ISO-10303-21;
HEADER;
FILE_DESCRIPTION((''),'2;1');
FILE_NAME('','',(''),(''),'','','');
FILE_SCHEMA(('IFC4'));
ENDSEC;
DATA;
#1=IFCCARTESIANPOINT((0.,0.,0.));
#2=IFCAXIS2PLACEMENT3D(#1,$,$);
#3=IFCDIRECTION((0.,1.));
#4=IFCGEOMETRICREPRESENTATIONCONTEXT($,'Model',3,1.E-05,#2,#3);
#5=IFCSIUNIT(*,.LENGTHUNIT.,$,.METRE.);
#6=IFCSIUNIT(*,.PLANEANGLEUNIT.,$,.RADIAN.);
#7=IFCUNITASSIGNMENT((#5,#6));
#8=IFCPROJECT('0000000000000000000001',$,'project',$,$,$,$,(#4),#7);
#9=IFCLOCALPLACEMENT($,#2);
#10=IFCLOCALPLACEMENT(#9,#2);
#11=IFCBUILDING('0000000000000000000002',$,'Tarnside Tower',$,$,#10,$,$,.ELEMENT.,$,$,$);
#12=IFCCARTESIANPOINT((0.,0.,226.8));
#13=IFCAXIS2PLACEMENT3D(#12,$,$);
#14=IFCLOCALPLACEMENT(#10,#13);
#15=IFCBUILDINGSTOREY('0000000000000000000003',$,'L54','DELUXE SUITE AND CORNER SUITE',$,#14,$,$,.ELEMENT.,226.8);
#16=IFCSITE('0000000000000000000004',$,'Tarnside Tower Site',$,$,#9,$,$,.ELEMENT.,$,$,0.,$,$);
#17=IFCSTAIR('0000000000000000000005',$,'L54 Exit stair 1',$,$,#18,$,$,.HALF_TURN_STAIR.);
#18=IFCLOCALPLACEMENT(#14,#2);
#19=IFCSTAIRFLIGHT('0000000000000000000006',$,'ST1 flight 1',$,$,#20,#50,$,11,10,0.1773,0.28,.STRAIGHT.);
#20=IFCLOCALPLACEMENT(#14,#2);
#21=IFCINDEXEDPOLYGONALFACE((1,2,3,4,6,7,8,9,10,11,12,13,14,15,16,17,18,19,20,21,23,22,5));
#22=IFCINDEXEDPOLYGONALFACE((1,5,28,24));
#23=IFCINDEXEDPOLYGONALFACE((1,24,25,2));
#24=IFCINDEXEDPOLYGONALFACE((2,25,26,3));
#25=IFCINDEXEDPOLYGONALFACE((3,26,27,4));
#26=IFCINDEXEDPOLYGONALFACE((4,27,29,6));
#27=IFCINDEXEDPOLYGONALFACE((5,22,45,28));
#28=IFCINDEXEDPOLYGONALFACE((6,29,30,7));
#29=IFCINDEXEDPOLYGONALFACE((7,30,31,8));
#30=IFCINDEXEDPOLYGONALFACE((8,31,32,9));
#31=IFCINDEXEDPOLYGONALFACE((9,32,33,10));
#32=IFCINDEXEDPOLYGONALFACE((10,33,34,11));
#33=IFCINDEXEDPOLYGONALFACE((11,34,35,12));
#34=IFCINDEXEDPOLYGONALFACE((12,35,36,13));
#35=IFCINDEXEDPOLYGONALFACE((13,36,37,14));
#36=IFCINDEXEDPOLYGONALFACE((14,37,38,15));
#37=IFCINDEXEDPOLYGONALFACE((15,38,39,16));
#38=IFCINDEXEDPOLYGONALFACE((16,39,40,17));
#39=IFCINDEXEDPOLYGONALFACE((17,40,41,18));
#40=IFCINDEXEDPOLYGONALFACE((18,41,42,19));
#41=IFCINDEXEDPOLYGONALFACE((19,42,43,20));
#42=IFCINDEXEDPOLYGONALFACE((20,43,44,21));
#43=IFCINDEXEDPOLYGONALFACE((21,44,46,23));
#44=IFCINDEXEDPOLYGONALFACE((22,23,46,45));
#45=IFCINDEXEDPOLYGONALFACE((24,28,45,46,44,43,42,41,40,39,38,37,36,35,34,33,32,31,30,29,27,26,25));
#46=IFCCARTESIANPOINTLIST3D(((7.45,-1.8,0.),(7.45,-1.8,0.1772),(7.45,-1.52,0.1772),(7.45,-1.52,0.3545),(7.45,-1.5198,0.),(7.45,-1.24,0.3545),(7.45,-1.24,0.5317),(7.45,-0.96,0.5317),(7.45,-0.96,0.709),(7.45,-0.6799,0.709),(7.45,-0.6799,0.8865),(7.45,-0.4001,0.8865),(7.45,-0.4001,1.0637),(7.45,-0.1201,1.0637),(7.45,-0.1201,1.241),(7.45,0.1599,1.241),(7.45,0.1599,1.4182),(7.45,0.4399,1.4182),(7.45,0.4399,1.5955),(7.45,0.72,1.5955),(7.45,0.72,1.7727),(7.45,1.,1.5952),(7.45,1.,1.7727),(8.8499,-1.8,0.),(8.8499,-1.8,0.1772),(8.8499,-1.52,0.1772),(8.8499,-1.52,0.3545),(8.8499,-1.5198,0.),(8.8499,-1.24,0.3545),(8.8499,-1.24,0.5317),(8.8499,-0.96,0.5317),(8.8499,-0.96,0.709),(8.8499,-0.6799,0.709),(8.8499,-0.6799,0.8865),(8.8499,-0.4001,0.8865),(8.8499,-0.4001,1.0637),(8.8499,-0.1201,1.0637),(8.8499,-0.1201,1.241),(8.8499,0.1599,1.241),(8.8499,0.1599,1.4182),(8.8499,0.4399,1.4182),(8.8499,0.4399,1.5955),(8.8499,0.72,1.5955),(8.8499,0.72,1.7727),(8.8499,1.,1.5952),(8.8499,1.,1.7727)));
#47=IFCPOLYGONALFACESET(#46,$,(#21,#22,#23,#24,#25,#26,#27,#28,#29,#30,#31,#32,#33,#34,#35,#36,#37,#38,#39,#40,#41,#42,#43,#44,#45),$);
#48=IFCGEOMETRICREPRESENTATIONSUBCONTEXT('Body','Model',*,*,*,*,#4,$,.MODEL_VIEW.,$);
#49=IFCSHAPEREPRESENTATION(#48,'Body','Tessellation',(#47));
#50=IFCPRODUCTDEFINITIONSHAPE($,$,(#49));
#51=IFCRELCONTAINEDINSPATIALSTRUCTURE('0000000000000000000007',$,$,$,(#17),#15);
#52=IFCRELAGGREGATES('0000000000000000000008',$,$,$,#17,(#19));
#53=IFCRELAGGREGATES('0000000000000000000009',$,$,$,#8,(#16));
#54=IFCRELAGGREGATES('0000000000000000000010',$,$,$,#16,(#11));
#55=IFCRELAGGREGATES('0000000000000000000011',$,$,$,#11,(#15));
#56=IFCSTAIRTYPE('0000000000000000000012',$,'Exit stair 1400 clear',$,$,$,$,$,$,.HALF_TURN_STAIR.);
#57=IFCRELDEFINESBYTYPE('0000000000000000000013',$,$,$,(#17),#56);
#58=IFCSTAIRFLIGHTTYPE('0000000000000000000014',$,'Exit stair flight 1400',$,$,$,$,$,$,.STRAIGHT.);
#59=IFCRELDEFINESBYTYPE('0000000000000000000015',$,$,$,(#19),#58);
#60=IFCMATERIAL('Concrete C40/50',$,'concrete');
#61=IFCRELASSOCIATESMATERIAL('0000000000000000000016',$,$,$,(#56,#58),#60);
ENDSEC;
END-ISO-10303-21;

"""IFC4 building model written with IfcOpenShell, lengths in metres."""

from ifc_helpers import new_model, si_unit, direction, frame, origin, place, context, subcontext, project, spatial, polyline, outline, extrude, material, type_object, element, aggregate, save


model = new_model("IFC4")

# Units and contexts
model_context = context("Model", 3, precision=1e-05, world=origin(), true_north=direction((0.0, 1.0)))
body_context = subcontext(model_context, "Body", "Model", "MODEL_VIEW")
ifc_project = project(units=[si_unit("LENGTHUNIT", "METRE"), si_unit("PLANEANGLEUNIT", "RADIAN")], contexts=[model_context])

# Site, building, storey
site_placement = place(None, origin())
site = spatial("IfcSite", under=ifc_project, at=site_placement, Name="Tarnside Tower Site", CompositionType="ELEMENT", RefElevation=0.0)
building_placement = place(site_placement, origin())
building = spatial("IfcBuilding", under=site, at=building_placement, Name="Tarnside Tower", CompositionType="ELEMENT")
storey_placement = place(building_placement, frame((0.0, 0.0, 226.8)))
storey = spatial("IfcBuildingStorey", under=building, at=storey_placement, Name="L54", Description="DELUXE SUITE AND CORNER SUITE", CompositionType="ELEMENT", Elevation=226.8)

# Shared definitions
ifc_material_1 = material(Name="Concrete C40/50", Category="concrete")

# Stair
stair_type = type_object("IfcStairType", Name="Exit stair 1400 clear", PredefinedType="HALF_TURN_STAIR", material=ifc_material_1)
stair_1_placement = place(storey_placement, origin())
stair_1 = element("IfcStair", 1, at=stair_1_placement, inside=storey, type_object=stair_type, Name="L54 Exit stair 1", PredefinedType="HALF_TURN_STAIR")

# Stair flight
stair_flight_type = type_object("IfcStairFlightType", Name="Exit stair flight 1400", PredefinedType="STRAIGHT", material=ifc_material_1)
stair_flight_placement = place(storey_placement, frame((8.1499, -1.8, 0.0), z_axis=(0.0, 0.0, 1.0), x_axis=(0.0, 1.0, 0.0)))
stair_flight = element("IfcStairFlight", 2, at=stair_flight_placement, type_object=stair_flight_type, Name="ST1 flight 1", NumberOfRisers=11, NumberOfTreads=10, PredefinedType="STRAIGHT", RiserHeight=0.1773, TreadLength=0.28, context=body_context, shape_type="SweptSolid", body=[
    extrude(outline(polyline([(0.0, 0.0), (0.0, 0.1772), (0.28, 0.1772), (0.28, 0.3545), (0.5601, 0.3545), (0.5601, 0.5317), (0.8401, 0.5317), (0.8401, 0.709), (1.1201, 0.709), (1.1201, 0.8865), (1.3999, 0.8865), (1.3999, 1.0637), (1.6799, 1.0637), (1.6799, 1.241), (1.96, 1.241), (1.96, 1.4182), (2.24, 1.4182), (2.24, 1.5955), (2.52, 1.5955), (2.52, 1.7727), (2.8, 1.7727), (2.8, 1.95), (2.8, 1.5952), (0.2803, 0.0), (0.0, 0.0)])), frame((0.0, 0.7, 0.0), z_axis=(0.0, -1.0, 0.0), x_axis=(1.0, 0.0, 0.0)), (0.0, 0.0, 1.0), 1.3999),
])
aggregate(stair_1, [stair_flight])

save(model, "model.ifc")
